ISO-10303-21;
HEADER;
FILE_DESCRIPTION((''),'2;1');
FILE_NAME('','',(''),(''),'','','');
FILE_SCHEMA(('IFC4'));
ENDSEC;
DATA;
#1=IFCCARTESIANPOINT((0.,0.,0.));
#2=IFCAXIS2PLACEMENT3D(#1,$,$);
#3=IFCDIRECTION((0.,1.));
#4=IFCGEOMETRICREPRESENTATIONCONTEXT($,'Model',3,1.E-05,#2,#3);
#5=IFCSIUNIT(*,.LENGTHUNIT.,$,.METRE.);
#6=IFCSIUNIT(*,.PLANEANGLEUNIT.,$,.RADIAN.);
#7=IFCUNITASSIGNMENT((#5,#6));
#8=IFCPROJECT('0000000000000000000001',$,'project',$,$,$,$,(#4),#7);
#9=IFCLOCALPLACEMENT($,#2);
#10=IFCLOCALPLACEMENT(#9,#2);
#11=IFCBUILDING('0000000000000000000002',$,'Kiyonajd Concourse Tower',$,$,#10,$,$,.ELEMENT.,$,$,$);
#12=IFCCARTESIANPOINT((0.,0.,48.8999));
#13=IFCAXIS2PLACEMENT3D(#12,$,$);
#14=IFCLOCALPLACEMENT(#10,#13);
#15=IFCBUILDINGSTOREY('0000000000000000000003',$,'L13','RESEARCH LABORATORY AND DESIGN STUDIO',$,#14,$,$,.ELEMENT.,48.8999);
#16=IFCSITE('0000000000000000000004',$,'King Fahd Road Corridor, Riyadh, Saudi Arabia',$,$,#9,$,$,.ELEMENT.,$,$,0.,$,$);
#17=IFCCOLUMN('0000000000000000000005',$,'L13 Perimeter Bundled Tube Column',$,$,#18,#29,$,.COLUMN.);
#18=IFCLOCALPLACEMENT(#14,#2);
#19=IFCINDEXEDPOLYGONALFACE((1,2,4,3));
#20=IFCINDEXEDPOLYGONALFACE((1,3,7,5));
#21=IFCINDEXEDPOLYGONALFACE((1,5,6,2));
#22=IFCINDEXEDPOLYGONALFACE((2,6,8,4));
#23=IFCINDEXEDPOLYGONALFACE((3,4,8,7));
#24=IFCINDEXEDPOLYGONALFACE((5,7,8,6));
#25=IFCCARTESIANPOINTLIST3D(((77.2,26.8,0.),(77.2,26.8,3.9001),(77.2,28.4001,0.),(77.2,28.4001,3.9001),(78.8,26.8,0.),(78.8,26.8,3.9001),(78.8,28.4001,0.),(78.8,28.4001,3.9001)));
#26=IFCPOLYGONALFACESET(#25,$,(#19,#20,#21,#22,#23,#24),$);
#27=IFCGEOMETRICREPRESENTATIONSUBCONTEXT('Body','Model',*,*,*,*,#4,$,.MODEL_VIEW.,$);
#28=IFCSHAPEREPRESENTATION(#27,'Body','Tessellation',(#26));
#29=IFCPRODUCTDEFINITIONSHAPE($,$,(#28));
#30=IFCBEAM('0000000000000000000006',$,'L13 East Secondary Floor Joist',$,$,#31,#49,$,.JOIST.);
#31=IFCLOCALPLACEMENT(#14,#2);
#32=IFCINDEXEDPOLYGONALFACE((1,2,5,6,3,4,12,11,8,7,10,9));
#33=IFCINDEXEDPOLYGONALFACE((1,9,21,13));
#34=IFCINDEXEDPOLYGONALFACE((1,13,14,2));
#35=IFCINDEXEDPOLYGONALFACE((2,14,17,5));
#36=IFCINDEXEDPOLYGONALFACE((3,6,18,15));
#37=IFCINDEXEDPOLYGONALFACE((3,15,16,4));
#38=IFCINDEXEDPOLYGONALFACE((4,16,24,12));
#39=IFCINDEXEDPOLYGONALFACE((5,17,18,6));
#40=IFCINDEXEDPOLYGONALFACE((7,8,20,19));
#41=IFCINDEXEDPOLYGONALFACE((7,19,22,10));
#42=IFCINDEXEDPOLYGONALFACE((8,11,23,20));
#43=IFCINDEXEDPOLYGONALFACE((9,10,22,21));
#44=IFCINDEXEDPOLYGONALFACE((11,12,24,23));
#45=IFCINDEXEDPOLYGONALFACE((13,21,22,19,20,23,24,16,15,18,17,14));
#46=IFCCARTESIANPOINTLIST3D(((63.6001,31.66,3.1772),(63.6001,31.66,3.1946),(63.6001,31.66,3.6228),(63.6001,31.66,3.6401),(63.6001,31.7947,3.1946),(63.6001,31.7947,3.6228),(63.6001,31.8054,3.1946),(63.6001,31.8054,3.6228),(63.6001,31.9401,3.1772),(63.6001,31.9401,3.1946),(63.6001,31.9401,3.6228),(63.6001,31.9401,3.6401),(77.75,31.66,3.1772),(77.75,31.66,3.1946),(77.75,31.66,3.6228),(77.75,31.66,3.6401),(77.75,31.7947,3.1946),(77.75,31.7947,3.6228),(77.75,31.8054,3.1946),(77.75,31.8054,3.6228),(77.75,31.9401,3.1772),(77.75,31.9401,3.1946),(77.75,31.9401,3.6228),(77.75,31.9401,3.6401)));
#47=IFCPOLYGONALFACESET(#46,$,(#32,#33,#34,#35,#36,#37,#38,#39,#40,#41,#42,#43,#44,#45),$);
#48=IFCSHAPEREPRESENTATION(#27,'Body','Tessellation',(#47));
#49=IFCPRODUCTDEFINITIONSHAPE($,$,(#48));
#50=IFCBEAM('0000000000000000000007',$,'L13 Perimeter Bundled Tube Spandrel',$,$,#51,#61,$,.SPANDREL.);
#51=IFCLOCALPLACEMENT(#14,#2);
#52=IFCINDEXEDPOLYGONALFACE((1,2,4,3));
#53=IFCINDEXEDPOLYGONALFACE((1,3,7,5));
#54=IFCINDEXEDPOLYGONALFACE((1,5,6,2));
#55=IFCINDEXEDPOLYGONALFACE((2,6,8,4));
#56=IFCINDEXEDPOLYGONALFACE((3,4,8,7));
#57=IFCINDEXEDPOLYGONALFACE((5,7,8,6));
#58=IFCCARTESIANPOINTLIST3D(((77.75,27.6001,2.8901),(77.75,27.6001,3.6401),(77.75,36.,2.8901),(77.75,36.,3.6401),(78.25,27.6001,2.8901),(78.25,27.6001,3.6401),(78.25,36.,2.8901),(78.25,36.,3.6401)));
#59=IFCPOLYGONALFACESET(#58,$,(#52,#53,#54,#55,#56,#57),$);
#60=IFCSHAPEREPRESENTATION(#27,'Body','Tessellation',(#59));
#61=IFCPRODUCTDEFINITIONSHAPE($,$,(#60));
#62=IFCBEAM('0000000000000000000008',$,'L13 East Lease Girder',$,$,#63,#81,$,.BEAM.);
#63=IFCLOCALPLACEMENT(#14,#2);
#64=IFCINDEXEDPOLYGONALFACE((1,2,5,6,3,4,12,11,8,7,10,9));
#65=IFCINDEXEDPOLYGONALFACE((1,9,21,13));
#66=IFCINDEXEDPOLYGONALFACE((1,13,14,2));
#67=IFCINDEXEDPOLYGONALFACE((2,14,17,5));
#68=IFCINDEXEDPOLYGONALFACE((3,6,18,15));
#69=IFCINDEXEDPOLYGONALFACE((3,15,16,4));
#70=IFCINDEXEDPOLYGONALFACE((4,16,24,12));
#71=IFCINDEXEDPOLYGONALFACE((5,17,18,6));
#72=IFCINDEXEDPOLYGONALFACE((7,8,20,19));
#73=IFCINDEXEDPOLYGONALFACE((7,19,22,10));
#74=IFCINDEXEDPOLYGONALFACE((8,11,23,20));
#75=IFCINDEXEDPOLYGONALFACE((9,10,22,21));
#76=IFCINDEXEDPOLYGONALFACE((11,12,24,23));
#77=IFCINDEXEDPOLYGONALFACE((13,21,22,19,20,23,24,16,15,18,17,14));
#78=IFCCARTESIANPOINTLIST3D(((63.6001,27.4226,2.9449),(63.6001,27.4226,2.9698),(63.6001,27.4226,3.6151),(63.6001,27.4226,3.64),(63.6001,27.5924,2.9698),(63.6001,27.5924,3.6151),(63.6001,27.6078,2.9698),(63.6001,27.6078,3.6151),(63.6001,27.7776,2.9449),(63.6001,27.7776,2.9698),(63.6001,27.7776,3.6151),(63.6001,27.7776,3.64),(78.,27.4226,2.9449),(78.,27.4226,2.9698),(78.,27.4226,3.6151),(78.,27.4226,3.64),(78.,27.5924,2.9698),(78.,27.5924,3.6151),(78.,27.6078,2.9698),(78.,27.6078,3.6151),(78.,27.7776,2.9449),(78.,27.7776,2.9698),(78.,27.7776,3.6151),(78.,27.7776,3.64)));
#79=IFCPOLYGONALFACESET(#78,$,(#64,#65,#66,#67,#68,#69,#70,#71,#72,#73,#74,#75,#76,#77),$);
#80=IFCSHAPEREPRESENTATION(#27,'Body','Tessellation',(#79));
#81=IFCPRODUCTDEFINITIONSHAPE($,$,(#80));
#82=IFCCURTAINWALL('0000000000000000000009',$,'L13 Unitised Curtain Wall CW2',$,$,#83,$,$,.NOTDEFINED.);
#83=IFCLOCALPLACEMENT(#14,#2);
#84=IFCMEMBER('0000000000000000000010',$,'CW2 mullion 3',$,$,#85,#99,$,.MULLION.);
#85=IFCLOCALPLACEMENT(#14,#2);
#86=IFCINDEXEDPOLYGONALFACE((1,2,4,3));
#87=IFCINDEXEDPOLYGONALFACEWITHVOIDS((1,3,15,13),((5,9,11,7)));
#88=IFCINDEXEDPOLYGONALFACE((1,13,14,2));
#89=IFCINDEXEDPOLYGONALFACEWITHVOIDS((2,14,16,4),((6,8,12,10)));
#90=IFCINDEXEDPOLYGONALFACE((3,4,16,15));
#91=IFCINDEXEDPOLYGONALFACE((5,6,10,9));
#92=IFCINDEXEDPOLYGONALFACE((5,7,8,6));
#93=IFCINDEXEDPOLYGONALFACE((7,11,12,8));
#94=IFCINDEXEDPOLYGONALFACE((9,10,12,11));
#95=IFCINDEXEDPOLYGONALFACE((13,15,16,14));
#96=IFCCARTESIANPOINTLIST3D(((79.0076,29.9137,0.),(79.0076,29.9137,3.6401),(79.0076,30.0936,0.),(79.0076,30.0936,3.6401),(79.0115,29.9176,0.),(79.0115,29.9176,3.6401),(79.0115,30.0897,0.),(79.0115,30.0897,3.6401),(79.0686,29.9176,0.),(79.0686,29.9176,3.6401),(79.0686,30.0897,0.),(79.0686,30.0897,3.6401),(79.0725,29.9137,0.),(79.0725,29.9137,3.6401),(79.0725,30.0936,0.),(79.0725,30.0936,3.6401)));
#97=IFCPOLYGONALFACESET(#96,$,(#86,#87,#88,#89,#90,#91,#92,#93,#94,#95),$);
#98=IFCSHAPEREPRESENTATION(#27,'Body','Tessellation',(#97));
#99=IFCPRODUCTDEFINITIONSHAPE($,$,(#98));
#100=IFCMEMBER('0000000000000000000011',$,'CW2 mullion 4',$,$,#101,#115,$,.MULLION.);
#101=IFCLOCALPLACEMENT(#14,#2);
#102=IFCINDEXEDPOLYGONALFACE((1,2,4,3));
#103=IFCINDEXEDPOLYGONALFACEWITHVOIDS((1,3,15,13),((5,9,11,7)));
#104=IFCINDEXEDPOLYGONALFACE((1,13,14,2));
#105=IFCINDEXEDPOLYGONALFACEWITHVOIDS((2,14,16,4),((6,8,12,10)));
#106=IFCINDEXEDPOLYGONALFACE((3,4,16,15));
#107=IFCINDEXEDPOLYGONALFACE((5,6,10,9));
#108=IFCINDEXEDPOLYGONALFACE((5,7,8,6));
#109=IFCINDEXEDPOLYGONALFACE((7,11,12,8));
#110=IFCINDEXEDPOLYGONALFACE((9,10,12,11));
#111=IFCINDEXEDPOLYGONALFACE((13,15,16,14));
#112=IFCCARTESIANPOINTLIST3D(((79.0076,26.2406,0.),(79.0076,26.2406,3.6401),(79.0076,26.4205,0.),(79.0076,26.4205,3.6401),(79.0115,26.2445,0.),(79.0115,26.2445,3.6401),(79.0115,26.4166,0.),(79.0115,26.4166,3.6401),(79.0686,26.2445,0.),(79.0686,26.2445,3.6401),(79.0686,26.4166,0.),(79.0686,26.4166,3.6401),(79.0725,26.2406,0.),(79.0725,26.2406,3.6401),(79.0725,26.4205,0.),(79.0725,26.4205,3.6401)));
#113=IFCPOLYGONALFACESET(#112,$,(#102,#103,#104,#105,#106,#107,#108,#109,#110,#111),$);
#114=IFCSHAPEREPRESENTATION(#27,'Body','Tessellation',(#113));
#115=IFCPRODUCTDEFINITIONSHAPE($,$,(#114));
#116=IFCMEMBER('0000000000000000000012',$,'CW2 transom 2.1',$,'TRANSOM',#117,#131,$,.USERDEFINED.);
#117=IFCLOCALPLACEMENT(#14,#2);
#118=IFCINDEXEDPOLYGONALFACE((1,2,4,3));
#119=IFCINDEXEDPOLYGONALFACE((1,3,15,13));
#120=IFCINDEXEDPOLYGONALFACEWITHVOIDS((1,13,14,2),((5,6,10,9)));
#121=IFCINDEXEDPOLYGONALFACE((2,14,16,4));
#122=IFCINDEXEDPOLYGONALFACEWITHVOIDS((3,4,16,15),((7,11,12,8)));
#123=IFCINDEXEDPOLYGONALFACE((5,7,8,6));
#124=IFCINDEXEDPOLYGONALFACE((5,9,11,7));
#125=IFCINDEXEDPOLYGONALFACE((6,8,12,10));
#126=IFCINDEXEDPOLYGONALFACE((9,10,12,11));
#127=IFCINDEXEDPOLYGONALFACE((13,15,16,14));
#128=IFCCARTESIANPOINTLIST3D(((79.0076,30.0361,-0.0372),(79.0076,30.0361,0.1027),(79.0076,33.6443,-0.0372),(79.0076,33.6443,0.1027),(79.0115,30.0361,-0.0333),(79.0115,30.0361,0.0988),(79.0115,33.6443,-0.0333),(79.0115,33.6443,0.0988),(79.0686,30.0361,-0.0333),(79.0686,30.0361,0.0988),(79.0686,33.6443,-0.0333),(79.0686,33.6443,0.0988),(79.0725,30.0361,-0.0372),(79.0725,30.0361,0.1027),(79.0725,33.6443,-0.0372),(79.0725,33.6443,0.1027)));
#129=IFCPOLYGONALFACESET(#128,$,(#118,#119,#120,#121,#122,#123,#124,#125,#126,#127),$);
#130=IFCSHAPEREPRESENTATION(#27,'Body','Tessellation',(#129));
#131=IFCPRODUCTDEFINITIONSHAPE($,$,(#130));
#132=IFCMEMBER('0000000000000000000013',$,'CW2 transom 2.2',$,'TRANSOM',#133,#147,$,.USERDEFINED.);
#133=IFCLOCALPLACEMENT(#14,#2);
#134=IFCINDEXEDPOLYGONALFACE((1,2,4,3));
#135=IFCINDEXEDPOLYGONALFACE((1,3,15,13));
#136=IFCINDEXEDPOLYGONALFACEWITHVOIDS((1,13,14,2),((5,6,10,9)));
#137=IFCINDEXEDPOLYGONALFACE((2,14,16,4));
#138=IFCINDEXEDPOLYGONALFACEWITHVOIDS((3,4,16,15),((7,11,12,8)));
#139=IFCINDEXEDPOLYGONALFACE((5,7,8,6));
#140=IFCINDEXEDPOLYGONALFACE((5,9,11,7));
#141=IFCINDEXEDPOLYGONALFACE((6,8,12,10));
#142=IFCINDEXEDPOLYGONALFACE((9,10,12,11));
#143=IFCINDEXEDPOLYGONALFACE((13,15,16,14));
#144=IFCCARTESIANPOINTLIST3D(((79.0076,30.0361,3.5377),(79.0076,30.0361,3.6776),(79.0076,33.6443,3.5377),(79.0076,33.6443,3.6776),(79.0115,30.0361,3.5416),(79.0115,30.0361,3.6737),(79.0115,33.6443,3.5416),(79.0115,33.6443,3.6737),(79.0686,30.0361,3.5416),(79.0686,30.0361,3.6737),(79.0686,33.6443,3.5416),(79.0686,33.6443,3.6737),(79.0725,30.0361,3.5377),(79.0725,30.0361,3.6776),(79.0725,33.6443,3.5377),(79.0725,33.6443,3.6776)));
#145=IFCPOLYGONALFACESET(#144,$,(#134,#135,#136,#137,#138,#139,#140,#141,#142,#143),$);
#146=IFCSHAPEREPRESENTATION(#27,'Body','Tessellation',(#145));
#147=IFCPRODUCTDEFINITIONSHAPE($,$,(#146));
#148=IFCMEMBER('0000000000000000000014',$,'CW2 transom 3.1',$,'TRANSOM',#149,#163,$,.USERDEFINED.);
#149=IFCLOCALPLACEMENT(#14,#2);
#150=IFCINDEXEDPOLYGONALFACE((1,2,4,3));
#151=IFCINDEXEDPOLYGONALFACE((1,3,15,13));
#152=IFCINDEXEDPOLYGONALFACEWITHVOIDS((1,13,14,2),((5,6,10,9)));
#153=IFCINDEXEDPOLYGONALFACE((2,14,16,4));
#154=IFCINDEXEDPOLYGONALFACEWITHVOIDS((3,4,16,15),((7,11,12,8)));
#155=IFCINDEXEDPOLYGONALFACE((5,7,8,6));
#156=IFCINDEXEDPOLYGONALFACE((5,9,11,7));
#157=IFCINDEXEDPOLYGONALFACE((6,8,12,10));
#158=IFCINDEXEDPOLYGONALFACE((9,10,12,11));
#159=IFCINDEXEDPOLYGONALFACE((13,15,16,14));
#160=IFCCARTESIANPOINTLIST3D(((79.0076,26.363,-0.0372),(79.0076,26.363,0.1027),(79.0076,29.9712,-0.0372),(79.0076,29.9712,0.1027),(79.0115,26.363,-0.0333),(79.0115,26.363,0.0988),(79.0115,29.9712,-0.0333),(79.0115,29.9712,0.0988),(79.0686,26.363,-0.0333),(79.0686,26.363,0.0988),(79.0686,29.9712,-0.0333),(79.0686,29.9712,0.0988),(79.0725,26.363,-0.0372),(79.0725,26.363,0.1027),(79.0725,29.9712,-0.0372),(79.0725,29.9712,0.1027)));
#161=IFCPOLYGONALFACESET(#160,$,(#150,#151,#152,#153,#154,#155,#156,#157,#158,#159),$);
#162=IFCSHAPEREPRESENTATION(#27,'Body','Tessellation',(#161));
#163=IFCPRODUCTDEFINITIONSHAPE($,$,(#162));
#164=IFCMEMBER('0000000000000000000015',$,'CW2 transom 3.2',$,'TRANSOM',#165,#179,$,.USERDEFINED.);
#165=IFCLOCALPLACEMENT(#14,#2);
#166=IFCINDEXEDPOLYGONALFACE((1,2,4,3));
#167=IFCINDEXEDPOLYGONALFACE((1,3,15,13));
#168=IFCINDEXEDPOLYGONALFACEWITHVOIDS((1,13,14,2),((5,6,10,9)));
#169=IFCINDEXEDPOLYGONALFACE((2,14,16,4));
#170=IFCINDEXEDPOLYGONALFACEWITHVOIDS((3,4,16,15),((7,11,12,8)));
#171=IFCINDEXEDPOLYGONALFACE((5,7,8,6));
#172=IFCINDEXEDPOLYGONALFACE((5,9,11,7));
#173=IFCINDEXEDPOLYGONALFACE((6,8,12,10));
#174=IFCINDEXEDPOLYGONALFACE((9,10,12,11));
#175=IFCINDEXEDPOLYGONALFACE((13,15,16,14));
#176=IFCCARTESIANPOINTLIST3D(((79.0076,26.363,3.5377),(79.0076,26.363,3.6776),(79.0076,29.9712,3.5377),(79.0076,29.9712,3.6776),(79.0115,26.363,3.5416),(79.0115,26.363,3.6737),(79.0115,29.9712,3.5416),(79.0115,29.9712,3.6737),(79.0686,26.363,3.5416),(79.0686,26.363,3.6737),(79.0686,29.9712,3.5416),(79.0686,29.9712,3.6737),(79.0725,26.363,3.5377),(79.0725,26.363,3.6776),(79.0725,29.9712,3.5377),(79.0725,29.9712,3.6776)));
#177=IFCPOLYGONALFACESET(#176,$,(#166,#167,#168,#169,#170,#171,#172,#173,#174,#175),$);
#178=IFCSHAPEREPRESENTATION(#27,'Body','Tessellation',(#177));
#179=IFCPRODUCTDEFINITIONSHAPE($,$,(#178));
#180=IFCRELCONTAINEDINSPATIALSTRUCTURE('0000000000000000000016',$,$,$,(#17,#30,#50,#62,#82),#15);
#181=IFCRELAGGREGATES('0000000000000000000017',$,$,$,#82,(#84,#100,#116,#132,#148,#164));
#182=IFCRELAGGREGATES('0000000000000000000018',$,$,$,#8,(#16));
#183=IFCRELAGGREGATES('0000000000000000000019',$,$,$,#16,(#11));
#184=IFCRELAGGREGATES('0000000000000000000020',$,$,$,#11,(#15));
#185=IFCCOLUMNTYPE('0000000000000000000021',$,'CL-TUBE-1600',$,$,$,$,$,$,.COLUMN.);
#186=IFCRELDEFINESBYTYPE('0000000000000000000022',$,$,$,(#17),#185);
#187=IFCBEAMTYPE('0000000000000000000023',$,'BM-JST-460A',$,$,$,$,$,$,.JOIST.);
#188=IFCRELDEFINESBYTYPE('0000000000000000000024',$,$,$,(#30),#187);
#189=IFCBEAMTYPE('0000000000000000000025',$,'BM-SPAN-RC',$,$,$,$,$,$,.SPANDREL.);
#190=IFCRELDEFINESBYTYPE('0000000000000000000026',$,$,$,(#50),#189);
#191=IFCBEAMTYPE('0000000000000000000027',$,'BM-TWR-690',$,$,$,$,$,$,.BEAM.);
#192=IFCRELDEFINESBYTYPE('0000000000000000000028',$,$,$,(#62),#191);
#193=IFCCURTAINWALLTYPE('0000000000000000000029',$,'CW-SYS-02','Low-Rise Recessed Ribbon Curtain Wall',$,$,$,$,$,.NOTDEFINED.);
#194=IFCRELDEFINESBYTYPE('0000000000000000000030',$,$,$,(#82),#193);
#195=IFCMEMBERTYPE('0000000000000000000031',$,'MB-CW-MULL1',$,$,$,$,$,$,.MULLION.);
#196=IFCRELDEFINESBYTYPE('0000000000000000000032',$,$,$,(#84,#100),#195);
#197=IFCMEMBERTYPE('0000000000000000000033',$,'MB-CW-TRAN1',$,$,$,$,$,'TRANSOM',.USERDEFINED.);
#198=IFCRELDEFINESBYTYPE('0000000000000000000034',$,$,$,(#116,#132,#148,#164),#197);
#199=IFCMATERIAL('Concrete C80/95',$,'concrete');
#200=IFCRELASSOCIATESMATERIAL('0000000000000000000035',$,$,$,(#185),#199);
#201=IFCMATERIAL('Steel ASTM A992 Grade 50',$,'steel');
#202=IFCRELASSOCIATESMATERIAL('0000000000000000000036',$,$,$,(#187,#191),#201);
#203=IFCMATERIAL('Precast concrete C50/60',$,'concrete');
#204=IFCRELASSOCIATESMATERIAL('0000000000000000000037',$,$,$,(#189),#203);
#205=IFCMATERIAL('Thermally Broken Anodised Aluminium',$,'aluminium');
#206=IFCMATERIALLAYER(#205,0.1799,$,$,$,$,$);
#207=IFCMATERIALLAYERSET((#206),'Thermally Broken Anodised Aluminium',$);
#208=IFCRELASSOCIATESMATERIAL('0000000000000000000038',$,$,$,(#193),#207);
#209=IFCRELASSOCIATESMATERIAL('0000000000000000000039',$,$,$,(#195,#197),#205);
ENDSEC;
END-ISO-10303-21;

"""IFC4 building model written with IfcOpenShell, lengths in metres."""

from ifc_helpers import new_model, si_unit, direction, frame, origin, origin_2d, place, context, subcontext, project, spatial, rectangle, hollow_rectangle, i_section, extrude, material, layer, layer_set, material_profile, profile_set, type_object, element, aggregate, save


model = new_model("IFC4")

# Units and contexts
model_context = context("Model", 3, precision=1e-05, world=origin(), true_north=direction((0.0, 1.0)))
body_context = subcontext(model_context, "Body", "Model", "MODEL_VIEW")
ifc_project = project(units=[si_unit("LENGTHUNIT", "METRE"), si_unit("PLANEANGLEUNIT", "RADIAN")], contexts=[model_context])

# Site, building, storey
site_placement = place(None, origin())
site = spatial("IfcSite", under=ifc_project, at=site_placement, Name="King Fahd Road Corridor, Riyadh, Saudi Arabia", CompositionType="ELEMENT", RefElevation=0.0)
building_placement = place(site_placement, origin())
building = spatial("IfcBuilding", under=site, at=building_placement, Name="Kiyonajd Concourse Tower", CompositionType="ELEMENT")
storey_placement = place(building_placement, frame((0.0, 0.0, 48.8999)))
storey = spatial("IfcBuildingStorey", under=building, at=storey_placement, Name="L13", Description="RESEARCH LABORATORY AND DESIGN STUDIO", CompositionType="ELEMENT", Elevation=48.8999)

# Column
ifc_material_1 = material(Name="Concrete C80/95", Category="concrete")
ifc_material_profile_1 = material_profile(ifc_material_1, rectangle(XDim=1.6001, YDim=1.6001, at=origin_2d()), Name="RC-1600x1600")
ifc_profile_set_1 = profile_set([ifc_material_profile_1], Name="Concrete C80/95")
column_type = type_object("IfcColumnType", Name="CL-TUBE-1600", PredefinedType="COLUMN", material=ifc_profile_set_1)
column_placement = place(storey_placement, frame((78.0, 27.6001, 0.0), z_axis=(0.0, 0.0, 1.0), x_axis=(1.0, 0.0, 0.0)))
element("IfcColumn", 1, at=column_placement, inside=storey, type_object=column_type, Name="L13 Perimeter Bundled Tube Column", PredefinedType="COLUMN", context=body_context, shape_type="SweptSolid", body=[
    extrude(rectangle(XDim=1.6001, YDim=1.6001, at=origin_2d()), origin(), (0.0, 0.0, 1.0), 3.9001),
])

# Beams
ifc_material_2 = material(Name="Steel ASTM A992 Grade 50", Category="steel")
ifc_material_profile_2 = material_profile(ifc_material_2, i_section(OverallWidth=0.28, OverallDepth=0.4629, WebThickness=0.0107, FlangeThickness=0.0173, at=origin_2d()), Name="W460X113")
ifc_profile_set_2 = profile_set([ifc_material_profile_2], Name="Steel ASTM A992 Grade 50")
beam_type_1 = type_object("IfcBeamType", Name="BM-JST-460A", PredefinedType="JOIST", material=ifc_profile_set_2)
beam_1_placement = place(storey_placement, frame((63.6001, 31.8, 3.4087), z_axis=(1.0, 0.0, 0.0), x_axis=(0.0, 1.0, 0.0)))
element("IfcBeam", 2, at=beam_1_placement, inside=storey, type_object=beam_type_1, Name="L13 East Secondary Floor Joist", PredefinedType="JOIST", context=body_context, shape_type="SweptSolid", body=[
    extrude(i_section(OverallWidth=0.28, OverallDepth=0.4629, WebThickness=0.0107, FlangeThickness=0.0173, at=origin_2d()), origin(), (0.0, 0.0, 1.0), 14.1499),
])
ifc_material_3 = material(Name="Precast concrete C50/60", Category="concrete")
ifc_material_profile_3 = material_profile(ifc_material_3, rectangle(XDim=0.5, YDim=0.75, at=origin_2d()), Name="RCBM-500x750")
ifc_profile_set_3 = profile_set([ifc_material_profile_3], Name="Precast concrete C50/60")
beam_type_2 = type_object("IfcBeamType", Name="BM-SPAN-RC", PredefinedType="SPANDREL", material=ifc_profile_set_3)
beam_2_placement = place(storey_placement, frame((78.0, 27.6001, 3.2651), z_axis=(0.0, 1.0, 0.0), x_axis=(-1.0, 0.0, 0.0)))
element("IfcBeam", 3, at=beam_2_placement, inside=storey, type_object=beam_type_2, Name="L13 Perimeter Bundled Tube Spandrel", PredefinedType="SPANDREL", context=body_context, shape_type="SweptSolid", body=[
    extrude(rectangle(XDim=0.5, YDim=0.75, at=origin_2d()), origin(), (0.0, 0.0, 1.0), 8.3999),
])
ifc_material_profile_4 = material_profile(ifc_material_2, i_section(OverallWidth=0.355, OverallDepth=0.6951, WebThickness=0.0154, FlangeThickness=0.0249, at=origin_2d()), Name="W690X217")
ifc_profile_set_4 = profile_set([ifc_material_profile_4], Name="Steel ASTM A992 Grade 50")
beam_type_3 = type_object("IfcBeamType", Name="BM-TWR-690", PredefinedType="BEAM", material=ifc_profile_set_4)
beam_3_placement = place(storey_placement, frame((63.6001, 27.6001, 3.2925), z_axis=(1.0, 0.0, 0.0), x_axis=(0.0, 1.0, 0.0)))
element("IfcBeam", 4, at=beam_3_placement, inside=storey, type_object=beam_type_3, Name="L13 East Lease Girder", PredefinedType="BEAM", context=body_context, shape_type="SweptSolid", body=[
    extrude(i_section(OverallWidth=0.355, OverallDepth=0.6951, WebThickness=0.0154, FlangeThickness=0.0249, at=origin_2d()), origin(), (0.0, 0.0, 1.0), 14.3999),
])

# Curtain wall, members
ifc_material_4 = material(Name="Thermally Broken Anodised Aluminium", Category="aluminium")
ifc_layer_1 = layer(ifc_material_4, 0.1799)
ifc_layer_set_1 = layer_set([ifc_layer_1], Name="Thermally Broken Anodised Aluminium")
curtain_wall_type = type_object("IfcCurtainWallType", Name="CW-SYS-02", Description="Low-Rise Recessed Ribbon Curtain Wall", PredefinedType="NOTDEFINED", material=ifc_layer_set_1)
curtain_wall_placement = place(storey_placement, origin())
curtain_wall = element("IfcCurtainWall", 5, at=curtain_wall_placement, inside=storey, type_object=curtain_wall_type, Name="L13 Unitised Curtain Wall CW2", PredefinedType="NOTDEFINED")
ifc_material_profile_5 = material_profile(ifc_material_4, hollow_rectangle(XDim=0.0649, YDim=0.1799, WallThickness=0.0039, at=origin_2d()), Name="MULL-65x180")
ifc_profile_set_5 = profile_set([ifc_material_profile_5], Name="Thermally Broken Anodised Aluminium")
member_type_1 = type_object("IfcMemberType", Name="MB-CW-MULL1", PredefinedType="MULLION", material=ifc_profile_set_5)
member_1_placement = place(storey_placement, frame((79.04, 30.0037, 0.0), z_axis=(0.0, 0.0, 1.0), x_axis=(1.0, 0.0, 0.0)))
member_1 = element("IfcMember", 6, at=member_1_placement, type_object=member_type_1, Name="CW2 mullion 3", PredefinedType="MULLION", context=body_context, shape_type="SweptSolid", body=[
    extrude(hollow_rectangle(XDim=0.0649, YDim=0.1799, WallThickness=0.0039, at=origin_2d()), origin(), (0.0, 0.0, 1.0), 3.6401),
])
member_2_placement = place(storey_placement, frame((79.04, 26.3306, 0.0), z_axis=(0.0, 0.0, 1.0), x_axis=(1.0, 0.0, 0.0)))
member_2 = element("IfcMember", 7, at=member_2_placement, type_object=member_type_1, Name="CW2 mullion 4", PredefinedType="MULLION", context=body_context, shape_type="SweptSolid", body=[
    extrude(hollow_rectangle(XDim=0.0649, YDim=0.1799, WallThickness=0.0039, at=origin_2d()), origin(), (0.0, 0.0, 1.0), 3.6401),
])
ifc_material_profile_6 = material_profile(ifc_material_4, hollow_rectangle(XDim=0.0649, YDim=0.1399, WallThickness=0.0039, at=origin_2d()), Name="TRAN-65x140")
ifc_profile_set_6 = profile_set([ifc_material_profile_6], Name="Thermally Broken Anodised Aluminium")
member_type_2 = type_object("IfcMemberType", Name="MB-CW-TRAN1", ElementType="TRANSOM", PredefinedType="USERDEFINED", material=ifc_profile_set_6)
member_3_placement = place(storey_placement, frame((79.04, 33.6443, 0.0327), z_axis=(0.0, -1.0, 0.0), x_axis=(1.0, 0.0, 0.0)))
member_3 = element("IfcMember", 8, at=member_3_placement, type_object=member_type_2, Name="CW2 transom 2.1", ObjectType="TRANSOM", PredefinedType="USERDEFINED", context=body_context, shape_type="SweptSolid", body=[
    extrude(hollow_rectangle(XDim=0.0649, YDim=0.1399, WallThickness=0.0039, at=origin_2d()), origin(), (0.0, 0.0, 1.0), 3.6082),
])
member_4_placement = place(storey_placement, frame((79.04, 33.6443, 3.6077), z_axis=(0.0, -1.0, 0.0), x_axis=(1.0, 0.0, 0.0)))
member_4 = element("IfcMember", 9, at=member_4_placement, type_object=member_type_2, Name="CW2 transom 2.2", ObjectType="TRANSOM", PredefinedType="USERDEFINED", context=body_context, shape_type="SweptSolid", body=[
    extrude(hollow_rectangle(XDim=0.0649, YDim=0.1399, WallThickness=0.0039, at=origin_2d()), origin(), (0.0, 0.0, 1.0), 3.6082),
])
member_5_placement = place(storey_placement, frame((79.04, 29.9712, 0.0327), z_axis=(0.0, -1.0, 0.0), x_axis=(1.0, 0.0, 0.0)))
member_5 = element("IfcMember", 10, at=member_5_placement, type_object=member_type_2, Name="CW2 transom 3.1", ObjectType="TRANSOM", PredefinedType="USERDEFINED", context=body_context, shape_type="SweptSolid", body=[
    extrude(hollow_rectangle(XDim=0.0649, YDim=0.1399, WallThickness=0.0039, at=origin_2d()), origin(), (0.0, 0.0, 1.0), 3.6082),
])
member_6_placement = place(storey_placement, frame((79.04, 29.9712, 3.6077), z_axis=(0.0, -1.0, 0.0), x_axis=(1.0, 0.0, 0.0)))
member_6 = element("IfcMember", 11, at=member_6_placement, type_object=member_type_2, Name="CW2 transom 3.2", ObjectType="TRANSOM", PredefinedType="USERDEFINED", context=body_context, shape_type="SweptSolid", body=[
    extrude(hollow_rectangle(XDim=0.0649, YDim=0.1399, WallThickness=0.0039, at=origin_2d()), origin(), (0.0, 0.0, 1.0), 3.6082),
])
aggregate(curtain_wall, [member_1, member_2, member_3, member_4, member_5, member_6])

save(model, "model.ifc")
